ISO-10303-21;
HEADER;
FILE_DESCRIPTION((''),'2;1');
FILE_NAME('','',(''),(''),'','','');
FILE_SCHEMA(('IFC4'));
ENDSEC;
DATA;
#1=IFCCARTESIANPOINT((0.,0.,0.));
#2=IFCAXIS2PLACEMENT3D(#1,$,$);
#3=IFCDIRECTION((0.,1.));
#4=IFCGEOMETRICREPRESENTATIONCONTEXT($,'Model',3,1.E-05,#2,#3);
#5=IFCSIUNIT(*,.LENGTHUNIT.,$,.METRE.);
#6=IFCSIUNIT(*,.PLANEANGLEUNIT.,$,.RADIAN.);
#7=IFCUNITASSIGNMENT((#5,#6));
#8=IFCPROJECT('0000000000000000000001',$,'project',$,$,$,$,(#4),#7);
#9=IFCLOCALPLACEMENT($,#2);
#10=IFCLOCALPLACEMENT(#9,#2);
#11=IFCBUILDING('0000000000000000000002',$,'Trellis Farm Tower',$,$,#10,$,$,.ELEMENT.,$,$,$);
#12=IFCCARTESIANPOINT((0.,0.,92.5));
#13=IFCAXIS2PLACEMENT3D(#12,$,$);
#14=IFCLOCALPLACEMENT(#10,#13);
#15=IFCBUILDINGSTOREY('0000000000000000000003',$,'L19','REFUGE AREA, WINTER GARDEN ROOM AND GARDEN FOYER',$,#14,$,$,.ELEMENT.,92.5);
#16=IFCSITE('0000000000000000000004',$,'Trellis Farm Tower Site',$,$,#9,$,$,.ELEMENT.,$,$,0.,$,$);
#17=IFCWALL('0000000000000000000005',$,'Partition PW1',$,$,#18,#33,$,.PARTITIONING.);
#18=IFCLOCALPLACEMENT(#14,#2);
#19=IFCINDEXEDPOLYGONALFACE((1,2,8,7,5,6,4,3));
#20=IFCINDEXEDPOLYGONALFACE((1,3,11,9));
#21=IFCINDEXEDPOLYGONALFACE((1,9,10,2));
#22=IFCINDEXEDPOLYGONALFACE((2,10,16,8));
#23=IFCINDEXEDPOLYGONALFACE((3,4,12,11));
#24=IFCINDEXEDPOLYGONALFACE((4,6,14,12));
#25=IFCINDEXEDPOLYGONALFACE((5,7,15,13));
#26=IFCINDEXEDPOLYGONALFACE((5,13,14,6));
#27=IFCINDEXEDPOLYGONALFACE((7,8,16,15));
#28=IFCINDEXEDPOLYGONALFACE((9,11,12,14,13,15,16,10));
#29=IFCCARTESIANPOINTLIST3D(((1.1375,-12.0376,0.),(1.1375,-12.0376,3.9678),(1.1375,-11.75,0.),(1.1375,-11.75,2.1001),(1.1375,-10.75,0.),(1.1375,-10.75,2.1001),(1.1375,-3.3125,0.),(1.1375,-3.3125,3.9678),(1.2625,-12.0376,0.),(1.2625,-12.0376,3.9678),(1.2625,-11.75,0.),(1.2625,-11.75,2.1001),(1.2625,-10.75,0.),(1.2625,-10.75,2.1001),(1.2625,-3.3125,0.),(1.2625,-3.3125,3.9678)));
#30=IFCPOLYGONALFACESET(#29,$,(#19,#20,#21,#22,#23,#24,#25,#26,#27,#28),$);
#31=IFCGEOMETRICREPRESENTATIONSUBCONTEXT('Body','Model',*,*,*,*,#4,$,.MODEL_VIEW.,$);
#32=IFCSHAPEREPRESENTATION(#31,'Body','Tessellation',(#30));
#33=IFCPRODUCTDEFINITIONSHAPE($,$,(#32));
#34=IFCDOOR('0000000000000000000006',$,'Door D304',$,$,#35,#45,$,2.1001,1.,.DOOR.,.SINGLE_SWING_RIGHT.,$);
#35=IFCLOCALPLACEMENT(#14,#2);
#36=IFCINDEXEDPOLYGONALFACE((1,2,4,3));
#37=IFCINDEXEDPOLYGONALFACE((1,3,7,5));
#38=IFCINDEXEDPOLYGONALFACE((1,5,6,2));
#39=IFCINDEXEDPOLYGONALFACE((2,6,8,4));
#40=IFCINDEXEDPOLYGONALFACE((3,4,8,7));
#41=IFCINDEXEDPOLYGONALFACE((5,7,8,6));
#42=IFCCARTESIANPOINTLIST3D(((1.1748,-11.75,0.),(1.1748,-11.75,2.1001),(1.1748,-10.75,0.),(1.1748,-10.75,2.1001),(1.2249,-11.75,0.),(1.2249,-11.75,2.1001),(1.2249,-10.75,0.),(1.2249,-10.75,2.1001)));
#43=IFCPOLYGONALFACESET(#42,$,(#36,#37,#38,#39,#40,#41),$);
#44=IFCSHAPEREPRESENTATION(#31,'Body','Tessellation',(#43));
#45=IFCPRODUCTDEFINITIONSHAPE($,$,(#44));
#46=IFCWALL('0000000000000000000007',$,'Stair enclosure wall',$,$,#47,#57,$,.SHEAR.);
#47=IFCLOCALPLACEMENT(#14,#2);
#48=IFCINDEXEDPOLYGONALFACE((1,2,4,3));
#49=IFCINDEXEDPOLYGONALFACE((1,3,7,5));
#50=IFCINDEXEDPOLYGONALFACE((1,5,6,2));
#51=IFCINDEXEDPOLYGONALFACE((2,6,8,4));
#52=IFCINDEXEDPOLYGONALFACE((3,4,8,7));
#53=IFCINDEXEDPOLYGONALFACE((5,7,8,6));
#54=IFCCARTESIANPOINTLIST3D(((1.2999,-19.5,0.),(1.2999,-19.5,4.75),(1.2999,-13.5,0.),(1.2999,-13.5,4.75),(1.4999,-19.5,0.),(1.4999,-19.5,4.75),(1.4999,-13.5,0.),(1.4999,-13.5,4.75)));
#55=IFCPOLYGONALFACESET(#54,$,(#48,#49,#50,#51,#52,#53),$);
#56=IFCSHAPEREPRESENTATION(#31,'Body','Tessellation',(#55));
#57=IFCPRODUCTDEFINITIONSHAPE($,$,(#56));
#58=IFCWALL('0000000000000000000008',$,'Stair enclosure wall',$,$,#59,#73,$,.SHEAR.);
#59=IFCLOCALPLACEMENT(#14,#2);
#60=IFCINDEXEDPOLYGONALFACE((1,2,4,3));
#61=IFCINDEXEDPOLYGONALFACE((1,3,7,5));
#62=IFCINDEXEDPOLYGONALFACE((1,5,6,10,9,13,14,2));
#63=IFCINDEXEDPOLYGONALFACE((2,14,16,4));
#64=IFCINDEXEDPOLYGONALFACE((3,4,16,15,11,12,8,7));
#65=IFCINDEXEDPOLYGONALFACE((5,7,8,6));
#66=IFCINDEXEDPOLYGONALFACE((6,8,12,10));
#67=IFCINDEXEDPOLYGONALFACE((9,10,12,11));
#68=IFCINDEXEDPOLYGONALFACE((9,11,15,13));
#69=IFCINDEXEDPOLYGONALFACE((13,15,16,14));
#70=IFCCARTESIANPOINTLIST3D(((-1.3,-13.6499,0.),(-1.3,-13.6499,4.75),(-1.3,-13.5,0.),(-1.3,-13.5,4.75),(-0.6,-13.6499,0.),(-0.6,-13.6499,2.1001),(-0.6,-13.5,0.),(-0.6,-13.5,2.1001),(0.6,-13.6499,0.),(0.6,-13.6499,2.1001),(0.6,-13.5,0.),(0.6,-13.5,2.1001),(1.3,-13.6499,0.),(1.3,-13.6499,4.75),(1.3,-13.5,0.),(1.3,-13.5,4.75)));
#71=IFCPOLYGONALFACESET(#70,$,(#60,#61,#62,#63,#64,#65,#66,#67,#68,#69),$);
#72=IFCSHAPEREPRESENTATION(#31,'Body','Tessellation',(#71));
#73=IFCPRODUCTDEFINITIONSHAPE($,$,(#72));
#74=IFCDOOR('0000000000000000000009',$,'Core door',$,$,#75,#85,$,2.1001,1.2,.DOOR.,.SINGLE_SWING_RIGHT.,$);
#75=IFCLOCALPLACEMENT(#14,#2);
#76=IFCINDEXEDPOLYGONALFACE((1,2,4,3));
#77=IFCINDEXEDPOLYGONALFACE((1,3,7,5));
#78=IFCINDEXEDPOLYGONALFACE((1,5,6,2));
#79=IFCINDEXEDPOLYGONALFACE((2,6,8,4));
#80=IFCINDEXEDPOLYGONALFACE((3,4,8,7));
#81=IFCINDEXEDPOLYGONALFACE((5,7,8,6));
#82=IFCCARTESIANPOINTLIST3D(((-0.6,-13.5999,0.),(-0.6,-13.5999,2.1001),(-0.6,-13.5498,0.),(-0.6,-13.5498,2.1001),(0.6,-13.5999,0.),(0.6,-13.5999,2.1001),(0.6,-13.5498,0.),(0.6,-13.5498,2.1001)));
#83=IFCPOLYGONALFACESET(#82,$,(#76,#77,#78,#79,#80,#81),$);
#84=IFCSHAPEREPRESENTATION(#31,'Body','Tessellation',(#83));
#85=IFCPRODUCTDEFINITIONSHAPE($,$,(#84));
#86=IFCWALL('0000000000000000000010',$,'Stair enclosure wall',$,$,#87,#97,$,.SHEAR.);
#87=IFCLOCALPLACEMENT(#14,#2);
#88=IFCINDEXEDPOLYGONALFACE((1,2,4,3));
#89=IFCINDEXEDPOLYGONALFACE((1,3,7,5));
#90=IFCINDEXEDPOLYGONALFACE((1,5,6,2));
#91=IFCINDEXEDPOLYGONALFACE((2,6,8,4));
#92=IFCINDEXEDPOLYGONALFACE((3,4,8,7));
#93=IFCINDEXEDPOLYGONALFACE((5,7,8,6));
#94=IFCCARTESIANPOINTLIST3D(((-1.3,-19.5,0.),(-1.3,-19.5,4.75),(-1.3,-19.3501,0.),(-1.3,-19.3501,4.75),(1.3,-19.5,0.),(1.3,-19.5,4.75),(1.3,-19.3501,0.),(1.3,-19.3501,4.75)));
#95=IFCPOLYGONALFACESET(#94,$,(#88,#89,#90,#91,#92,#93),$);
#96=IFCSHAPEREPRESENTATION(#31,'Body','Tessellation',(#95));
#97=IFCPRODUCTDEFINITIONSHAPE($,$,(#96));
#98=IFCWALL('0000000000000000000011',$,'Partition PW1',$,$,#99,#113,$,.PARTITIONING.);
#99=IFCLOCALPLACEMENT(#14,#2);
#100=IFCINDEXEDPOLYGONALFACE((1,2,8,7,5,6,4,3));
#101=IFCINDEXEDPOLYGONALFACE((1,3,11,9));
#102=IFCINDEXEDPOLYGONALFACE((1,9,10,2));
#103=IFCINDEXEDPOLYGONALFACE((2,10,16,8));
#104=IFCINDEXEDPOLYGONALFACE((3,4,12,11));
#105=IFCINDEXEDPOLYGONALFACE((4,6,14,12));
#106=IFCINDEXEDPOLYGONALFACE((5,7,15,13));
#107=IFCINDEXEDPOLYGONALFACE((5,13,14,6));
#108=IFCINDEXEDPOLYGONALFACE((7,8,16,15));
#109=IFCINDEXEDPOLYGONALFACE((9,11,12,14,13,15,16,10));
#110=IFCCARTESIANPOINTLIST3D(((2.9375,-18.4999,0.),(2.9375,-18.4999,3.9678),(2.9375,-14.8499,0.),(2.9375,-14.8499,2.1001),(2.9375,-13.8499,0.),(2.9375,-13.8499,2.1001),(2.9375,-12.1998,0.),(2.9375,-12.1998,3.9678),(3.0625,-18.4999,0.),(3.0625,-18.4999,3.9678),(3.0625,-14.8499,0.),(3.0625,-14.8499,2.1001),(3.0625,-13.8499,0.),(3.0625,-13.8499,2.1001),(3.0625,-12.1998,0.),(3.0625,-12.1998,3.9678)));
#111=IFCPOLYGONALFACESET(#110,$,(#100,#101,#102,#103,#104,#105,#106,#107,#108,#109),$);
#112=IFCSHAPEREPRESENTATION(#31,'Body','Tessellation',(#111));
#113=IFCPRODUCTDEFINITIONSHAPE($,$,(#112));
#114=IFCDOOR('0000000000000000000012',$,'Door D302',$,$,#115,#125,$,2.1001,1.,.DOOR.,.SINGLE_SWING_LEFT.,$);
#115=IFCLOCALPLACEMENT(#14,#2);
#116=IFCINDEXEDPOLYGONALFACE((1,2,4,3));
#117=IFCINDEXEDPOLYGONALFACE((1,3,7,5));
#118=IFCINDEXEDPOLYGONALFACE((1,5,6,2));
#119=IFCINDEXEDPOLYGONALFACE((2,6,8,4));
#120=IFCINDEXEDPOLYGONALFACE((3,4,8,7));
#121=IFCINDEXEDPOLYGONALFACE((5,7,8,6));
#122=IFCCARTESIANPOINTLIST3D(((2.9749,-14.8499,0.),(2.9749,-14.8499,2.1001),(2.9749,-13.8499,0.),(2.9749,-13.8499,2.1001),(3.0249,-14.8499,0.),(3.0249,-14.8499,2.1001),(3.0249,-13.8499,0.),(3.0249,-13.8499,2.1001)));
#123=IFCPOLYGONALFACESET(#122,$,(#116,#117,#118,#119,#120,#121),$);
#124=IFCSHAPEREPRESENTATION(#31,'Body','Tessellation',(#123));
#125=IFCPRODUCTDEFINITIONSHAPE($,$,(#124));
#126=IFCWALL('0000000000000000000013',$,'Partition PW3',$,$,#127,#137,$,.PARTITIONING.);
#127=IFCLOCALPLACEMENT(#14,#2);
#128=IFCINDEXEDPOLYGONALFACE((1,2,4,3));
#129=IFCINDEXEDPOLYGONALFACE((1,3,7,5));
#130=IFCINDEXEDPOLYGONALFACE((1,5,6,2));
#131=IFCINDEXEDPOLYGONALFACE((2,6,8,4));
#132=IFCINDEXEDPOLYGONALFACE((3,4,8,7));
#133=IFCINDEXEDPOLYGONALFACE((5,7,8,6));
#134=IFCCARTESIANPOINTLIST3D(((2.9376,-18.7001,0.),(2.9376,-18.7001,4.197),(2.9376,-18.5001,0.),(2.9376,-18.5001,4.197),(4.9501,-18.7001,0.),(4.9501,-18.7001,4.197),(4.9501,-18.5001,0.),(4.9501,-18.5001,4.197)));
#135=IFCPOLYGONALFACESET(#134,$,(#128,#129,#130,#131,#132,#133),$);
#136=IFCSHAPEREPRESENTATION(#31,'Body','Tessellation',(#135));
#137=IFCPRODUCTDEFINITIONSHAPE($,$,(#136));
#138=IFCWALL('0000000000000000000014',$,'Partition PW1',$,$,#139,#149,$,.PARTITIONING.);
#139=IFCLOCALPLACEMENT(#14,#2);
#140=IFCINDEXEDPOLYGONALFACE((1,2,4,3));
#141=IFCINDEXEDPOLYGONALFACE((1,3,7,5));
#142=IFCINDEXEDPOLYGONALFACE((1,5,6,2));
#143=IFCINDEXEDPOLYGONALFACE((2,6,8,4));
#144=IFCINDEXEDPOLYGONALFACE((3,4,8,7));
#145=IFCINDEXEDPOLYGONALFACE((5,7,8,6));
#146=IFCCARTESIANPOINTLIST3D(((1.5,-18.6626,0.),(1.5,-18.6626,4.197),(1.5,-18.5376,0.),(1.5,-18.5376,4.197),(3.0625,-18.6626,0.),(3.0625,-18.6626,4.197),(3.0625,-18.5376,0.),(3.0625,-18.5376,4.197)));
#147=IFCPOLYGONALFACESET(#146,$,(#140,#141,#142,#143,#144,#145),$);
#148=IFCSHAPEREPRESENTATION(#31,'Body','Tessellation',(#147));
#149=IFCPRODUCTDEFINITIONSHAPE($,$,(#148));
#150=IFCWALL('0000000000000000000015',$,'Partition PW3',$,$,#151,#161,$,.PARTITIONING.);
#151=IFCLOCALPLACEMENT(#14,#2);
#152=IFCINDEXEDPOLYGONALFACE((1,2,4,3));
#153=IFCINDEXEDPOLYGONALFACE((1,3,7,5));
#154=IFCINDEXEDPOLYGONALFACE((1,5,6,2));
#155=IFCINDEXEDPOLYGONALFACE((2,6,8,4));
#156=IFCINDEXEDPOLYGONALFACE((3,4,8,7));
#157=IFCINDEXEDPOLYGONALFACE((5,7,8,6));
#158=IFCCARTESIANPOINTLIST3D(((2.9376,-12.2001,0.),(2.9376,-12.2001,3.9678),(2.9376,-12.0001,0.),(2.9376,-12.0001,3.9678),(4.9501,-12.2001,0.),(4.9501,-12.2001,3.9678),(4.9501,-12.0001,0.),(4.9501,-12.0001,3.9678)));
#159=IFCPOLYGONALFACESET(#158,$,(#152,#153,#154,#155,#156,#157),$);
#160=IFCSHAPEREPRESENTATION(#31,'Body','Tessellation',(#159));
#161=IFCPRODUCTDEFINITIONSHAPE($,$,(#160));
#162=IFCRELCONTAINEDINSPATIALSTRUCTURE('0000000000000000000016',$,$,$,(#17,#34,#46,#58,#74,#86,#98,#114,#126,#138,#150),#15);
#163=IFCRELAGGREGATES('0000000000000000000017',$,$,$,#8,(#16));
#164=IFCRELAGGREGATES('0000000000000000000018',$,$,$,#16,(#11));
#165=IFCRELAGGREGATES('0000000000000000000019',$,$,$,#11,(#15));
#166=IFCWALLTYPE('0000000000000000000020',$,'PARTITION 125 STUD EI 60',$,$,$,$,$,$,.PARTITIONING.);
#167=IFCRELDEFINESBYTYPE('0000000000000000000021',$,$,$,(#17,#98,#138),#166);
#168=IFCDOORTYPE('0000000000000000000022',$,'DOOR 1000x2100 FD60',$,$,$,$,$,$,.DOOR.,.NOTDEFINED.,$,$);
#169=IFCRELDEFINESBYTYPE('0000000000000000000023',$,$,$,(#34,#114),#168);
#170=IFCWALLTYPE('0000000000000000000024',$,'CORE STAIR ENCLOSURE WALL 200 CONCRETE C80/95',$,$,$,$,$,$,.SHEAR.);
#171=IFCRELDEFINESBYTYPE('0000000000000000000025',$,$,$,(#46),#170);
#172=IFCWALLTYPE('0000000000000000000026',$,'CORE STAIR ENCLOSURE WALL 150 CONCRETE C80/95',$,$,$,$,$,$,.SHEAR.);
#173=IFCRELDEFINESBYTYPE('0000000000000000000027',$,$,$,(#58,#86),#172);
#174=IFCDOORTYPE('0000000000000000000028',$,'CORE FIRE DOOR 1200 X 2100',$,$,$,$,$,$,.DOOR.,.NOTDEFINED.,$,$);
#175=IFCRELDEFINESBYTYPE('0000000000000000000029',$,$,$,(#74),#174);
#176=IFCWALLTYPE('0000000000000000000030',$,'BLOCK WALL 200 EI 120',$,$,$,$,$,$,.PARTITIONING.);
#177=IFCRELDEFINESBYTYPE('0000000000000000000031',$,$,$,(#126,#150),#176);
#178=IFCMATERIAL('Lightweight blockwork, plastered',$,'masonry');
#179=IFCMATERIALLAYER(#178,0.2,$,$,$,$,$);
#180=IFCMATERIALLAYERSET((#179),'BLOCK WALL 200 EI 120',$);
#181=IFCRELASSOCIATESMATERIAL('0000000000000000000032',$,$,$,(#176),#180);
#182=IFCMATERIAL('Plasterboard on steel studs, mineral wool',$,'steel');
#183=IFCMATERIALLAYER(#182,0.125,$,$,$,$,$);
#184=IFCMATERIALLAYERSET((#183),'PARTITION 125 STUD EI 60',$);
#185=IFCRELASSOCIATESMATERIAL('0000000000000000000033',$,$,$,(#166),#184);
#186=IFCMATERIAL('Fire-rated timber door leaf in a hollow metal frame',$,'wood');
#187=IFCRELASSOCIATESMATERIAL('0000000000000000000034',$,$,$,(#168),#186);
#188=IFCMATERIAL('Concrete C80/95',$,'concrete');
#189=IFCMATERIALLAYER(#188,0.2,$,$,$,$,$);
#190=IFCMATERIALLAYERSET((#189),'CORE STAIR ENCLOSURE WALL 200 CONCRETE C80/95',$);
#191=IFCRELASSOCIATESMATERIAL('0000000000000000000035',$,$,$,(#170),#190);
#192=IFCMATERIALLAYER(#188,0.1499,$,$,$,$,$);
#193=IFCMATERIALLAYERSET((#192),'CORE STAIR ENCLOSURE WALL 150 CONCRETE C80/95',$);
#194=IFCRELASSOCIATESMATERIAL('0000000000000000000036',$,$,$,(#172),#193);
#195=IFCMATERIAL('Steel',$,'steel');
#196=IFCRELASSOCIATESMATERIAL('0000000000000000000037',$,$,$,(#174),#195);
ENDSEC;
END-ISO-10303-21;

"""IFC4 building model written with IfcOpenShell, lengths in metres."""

from ifc_helpers import new_model, si_unit, direction, frame, frame_2d, origin, place, context, subcontext, project, spatial, rectangle, extrude, source, transform, mapped, material, layer, layer_set, type_object, element, fill, save


model = new_model("IFC4")

# Units and contexts
model_context = context("Model", 3, precision=1e-05, world=origin(), true_north=direction((0.0, 1.0)))
body_context = subcontext(model_context, "Body", "Model", "MODEL_VIEW")
ifc_project = project(units=[si_unit("LENGTHUNIT", "METRE"), si_unit("PLANEANGLEUNIT", "RADIAN")], contexts=[model_context])

# Site, building, storey
site_placement = place(None, origin())
site = spatial("IfcSite", under=ifc_project, at=site_placement, Name="Trellis Farm Tower Site", CompositionType="ELEMENT", RefElevation=0.0)
building_placement = place(site_placement, origin())
building = spatial("IfcBuilding", under=site, at=building_placement, Name="Trellis Farm Tower", CompositionType="ELEMENT")
storey_placement = place(building_placement, frame((0.0, 0.0, 92.5)))
storey = spatial("IfcBuildingStorey", under=building, at=storey_placement, Name="L19", Description="REFUGE AREA, WINTER GARDEN ROOM AND GARDEN FOYER", CompositionType="ELEMENT", Elevation=92.5)

# Shared definitions
ifc_material_1 = material(Name="Concrete C80/95", Category="concrete")

# Shared definitions
ifc_material_2 = material(Name="Lightweight blockwork, plastered", Category="masonry")
ifc_layer_1 = layer(ifc_material_2, 0.2)
ifc_layer_set_1 = layer_set([ifc_layer_1], Name="BLOCK WALL 200 EI 120")
wall_type_1 = type_object("IfcWallType", Name="BLOCK WALL 200 EI 120", PredefinedType="PARTITIONING", material=ifc_layer_set_1)

# Wall, opening, door
ifc_material_3 = material(Name="Plasterboard on steel studs, mineral wool", Category="steel")
ifc_layer_2 = layer(ifc_material_3, 0.125)
ifc_layer_set_2 = layer_set([ifc_layer_2], Name="PARTITION 125 STUD EI 60")
wall_type_2 = type_object("IfcWallType", Name="PARTITION 125 STUD EI 60", PredefinedType="PARTITIONING", material=ifc_layer_set_2)
wall_1_placement = place(storey_placement, frame((1.2, -3.3125, 0.0), z_axis=(0.0, 0.0, 1.0), x_axis=(0.0, -1.0, 0.0)))
wall_1 = element("IfcWall", 1, at=wall_1_placement, inside=storey, type_object=wall_type_2, Name="Partition PW1", PredefinedType="PARTITIONING", context=body_context, shape_type="SweptSolid", body=[
    extrude(rectangle(XDim=8.7251, YDim=0.125, at=frame_2d((4.3625, 0.0))), origin(), (0.0, 0.0, 1.0), 3.9678),
])
shared_shape_1 = source(origin(), body_context, "Body", "SweptSolid", [
    extrude(rectangle(XDim=1.0, YDim=2.1001, at=frame_2d((0.5, 1.05))), frame((0.0, 0.0725, 0.0), z_axis=(0.0, -1.0, 0.0), x_axis=(1.0, 0.0, 0.0)), (0.0, 0.0, 1.0), 0.145),
])
opening_1_placement = place(wall_1_placement, frame((7.4375, 0.0, 0.0)))
opening_1 = element("IfcOpeningElement", 2, at=opening_1_placement, cuts=wall_1, PredefinedType="OPENING", context=body_context, shape_type="MappedRepresentation", body=[
    mapped(shared_shape_1, transform((0.0, 0.0, 0.0))),
])
ifc_material_4 = material(Name="Fire-rated timber door leaf in a hollow metal frame", Category="wood")
door_type_1 = type_object("IfcDoorType", Name="DOOR 1000x2100 FD60", OperationType="NOTDEFINED", PredefinedType="DOOR", material=ifc_material_4)
shared_shape_2 = source(origin(), body_context, "Body", "SweptSolid", [
    extrude(rectangle(XDim=1.0, YDim=2.1001, at=frame_2d((0.5, 1.05))), frame((0.0, 0.0249, 0.0), z_axis=(0.0, -1.0, 0.0), x_axis=(1.0, 0.0, 0.0)), (0.0, 0.0, 1.0), 0.05),
])
door_1_placement = place(opening_1_placement, origin())
door_1 = element("IfcDoor", 3, at=door_1_placement, inside=storey, type_object=door_type_1, Name="Door D304", OperationType="SINGLE_SWING_RIGHT", OverallHeight=2.1001, OverallWidth=1.0, PredefinedType="DOOR", context=body_context, shape_type="MappedRepresentation", body=[
    mapped(shared_shape_2, transform((0.0, 0.0, 0.0))),
])
fill(opening_1, door_1)

# Wall
ifc_layer_3 = layer(ifc_material_1, 0.2)
ifc_layer_set_3 = layer_set([ifc_layer_3], Name="CORE STAIR ENCLOSURE WALL 200 CONCRETE C80/95")
wall_type_3 = type_object("IfcWallType", Name="CORE STAIR ENCLOSURE WALL 200 CONCRETE C80/95", PredefinedType="SHEAR", material=ifc_layer_set_3)
shared_shape_3 = source(origin(), body_context, "Body", "SweptSolid", [
    extrude(rectangle(XDim=6.0, YDim=0.2, at=frame_2d((3.0, 0.0))), origin(), (0.0, 0.0, 1.0), 4.75),
])
wall_2_placement = place(storey_placement, frame((1.3999, -13.5, 0.0), z_axis=(0.0, 0.0, 1.0), x_axis=(0.0, -1.0, 0.0)))
element("IfcWall", 4, at=wall_2_placement, inside=storey, type_object=wall_type_3, Name="Stair enclosure wall", PredefinedType="SHEAR", context=body_context, shape_type="MappedRepresentation", body=[
    mapped(shared_shape_3, transform((0.0, 0.0, 0.0))),
])

# Wall, opening, door
ifc_layer_4 = layer(ifc_material_1, 0.1499)
ifc_layer_set_4 = layer_set([ifc_layer_4], Name="CORE STAIR ENCLOSURE WALL 150 CONCRETE C80/95")
wall_type_4 = type_object("IfcWallType", Name="CORE STAIR ENCLOSURE WALL 150 CONCRETE C80/95", PredefinedType="SHEAR", material=ifc_layer_set_4)
shared_shape_4 = source(origin(), body_context, "Body", "SweptSolid", [
    extrude(rectangle(XDim=2.6001, YDim=0.1499, at=frame_2d((1.3, 0.0))), origin(), (0.0, 0.0, 1.0), 4.75),
])
wall_3_placement = place(storey_placement, frame((1.3, -13.575, 0.0), z_axis=(0.0, 0.0, 1.0), x_axis=(-1.0, 0.0, 0.0)))
wall_3 = element("IfcWall", 5, at=wall_3_placement, inside=storey, type_object=wall_type_4, Name="Stair enclosure wall", PredefinedType="SHEAR", context=body_context, shape_type="MappedRepresentation", body=[
    mapped(shared_shape_4, transform((0.0, 0.0, 0.0))),
])
shared_shape_5 = source(origin(), body_context, "Body", "SweptSolid", [
    extrude(rectangle(XDim=1.2, YDim=2.1001, at=frame_2d((0.6001, 1.05))), frame((0.0, 0.085, 0.0), z_axis=(0.0, -1.0, 0.0), x_axis=(1.0, 0.0, 0.0)), (0.0, 0.0, 1.0), 0.1699),
])
opening_2_placement = place(wall_3_placement, frame((0.7, 0.0, 0.0)))
opening_2 = element("IfcOpeningElement", 6, at=opening_2_placement, cuts=wall_3, PredefinedType="OPENING", context=body_context, shape_type="MappedRepresentation", body=[
    mapped(shared_shape_5, transform((0.0, 0.0, 0.0))),
])
ifc_material_5 = material(Name="Steel", Category="steel")
door_type_2 = type_object("IfcDoorType", Name="CORE FIRE DOOR 1200 X 2100", OperationType="NOTDEFINED", PredefinedType="DOOR", material=ifc_material_5)
shared_shape_6 = source(origin(), body_context, "Body", "SweptSolid", [
    extrude(rectangle(XDim=1.2, YDim=2.1001, at=frame_2d((0.6001, 1.05))), frame((0.0, 0.0249, 0.0), z_axis=(0.0, -1.0, 0.0), x_axis=(1.0, 0.0, 0.0)), (0.0, 0.0, 1.0), 0.05),
])
door_2_placement = place(opening_2_placement, origin())
door_2 = element("IfcDoor", 7, at=door_2_placement, inside=storey, type_object=door_type_2, Name="Core door", OperationType="SINGLE_SWING_RIGHT", OverallHeight=2.1001, OverallWidth=1.2, PredefinedType="DOOR", context=body_context, shape_type="MappedRepresentation", body=[
    mapped(shared_shape_6, transform((0.0, 0.0, 0.0))),
])
fill(opening_2, door_2)

# Wall
wall_4_placement = place(storey_placement, frame((1.3, -19.425, 0.0), z_axis=(0.0, 0.0, 1.0), x_axis=(-1.0, 0.0, 0.0)))
element("IfcWall", 8, at=wall_4_placement, inside=storey, type_object=wall_type_4, Name="Stair enclosure wall", PredefinedType="SHEAR", context=body_context, shape_type="MappedRepresentation", body=[
    mapped(shared_shape_4, transform((0.0, 0.0, 0.0))),
])

# Wall, opening, door
shared_shape_7 = source(origin(), body_context, "Body", "SweptSolid", [
    extrude(rectangle(XDim=6.3, YDim=0.125, at=frame_2d((3.1499, 0.0))), origin(), (0.0, 0.0, 1.0), 3.9678),
])
wall_5_placement = place(storey_placement, frame((3.0, -12.2, 0.0), z_axis=(0.0, 0.0, 1.0), x_axis=(0.0, -1.0, 0.0)))
wall_5 = element("IfcWall", 9, at=wall_5_placement, inside=storey, type_object=wall_type_2, Name="Partition PW1", PredefinedType="PARTITIONING", context=body_context, shape_type="MappedRepresentation", body=[
    mapped(shared_shape_7, transform((0.0, 0.0, 0.0))),
])
opening_3_placement = place(wall_5_placement, frame((1.6499, 0.0, 0.0)))
opening_3 = element("IfcOpeningElement", 10, at=opening_3_placement, cuts=wall_5, PredefinedType="OPENING", context=body_context, shape_type="MappedRepresentation", body=[
    mapped(shared_shape_1, transform((0.0, 0.0, 0.0))),
])
door_3_placement = place(opening_3_placement, origin())
door_3 = element("IfcDoor", 11, at=door_3_placement, inside=storey, type_object=door_type_1, Name="Door D302", OperationType="SINGLE_SWING_LEFT", OverallHeight=2.1001, OverallWidth=1.0, PredefinedType="DOOR", context=body_context, shape_type="MappedRepresentation", body=[
    mapped(shared_shape_2, transform((0.0, 0.0, 0.0))),
])
fill(opening_3, door_3)

# Walls
shared_shape_8 = source(origin(), body_context, "Body", "SweptSolid", [
    extrude(rectangle(XDim=2.0125, YDim=0.2, at=frame_2d((1.0063, 0.0))), origin(), (0.0, 0.0, 1.0), 4.197),
])
wall_6_placement = place(storey_placement, frame((2.9375, -18.6001, 0.0), z_axis=(0.0, 0.0, 1.0), x_axis=(1.0, 0.0, 0.0)))
element("IfcWall", 12, at=wall_6_placement, inside=storey, type_object=wall_type_1, Name="Partition PW3", PredefinedType="PARTITIONING", context=body_context, shape_type="MappedRepresentation", body=[
    mapped(shared_shape_8, transform((0.0, 0.0, 0.0))),
])
shared_shape_9 = source(origin(), body_context, "Body", "SweptSolid", [
    extrude(rectangle(XDim=1.5625, YDim=0.125, at=frame_2d((0.7812, 0.0))), origin(), (0.0, 0.0, 1.0), 4.197),
])
wall_7_placement = place(storey_placement, frame((3.0625, -18.6001, 0.0), z_axis=(0.0, 0.0, 1.0), x_axis=(-1.0, 0.0, 0.0)))
element("IfcWall", 13, at=wall_7_placement, inside=storey, type_object=wall_type_2, Name="Partition PW1", PredefinedType="PARTITIONING", context=body_context, shape_type="MappedRepresentation", body=[
    mapped(shared_shape_9, transform((0.0, 0.0, 0.0))),
])
shared_shape_10 = source(origin(), body_context, "Body", "SweptSolid", [
    extrude(rectangle(XDim=2.0125, YDim=0.2, at=frame_2d((1.0063, 0.0))), origin(), (0.0, 0.0, 1.0), 3.9678),
])
wall_8_placement = place(storey_placement, frame((2.9375, -12.1001, 0.0), z_axis=(0.0, 0.0, 1.0), x_axis=(1.0, 0.0, 0.0)))
element("IfcWall", 14, at=wall_8_placement, inside=storey, type_object=wall_type_1, Name="Partition PW3", PredefinedType="PARTITIONING", context=body_context, shape_type="MappedRepresentation", body=[
    mapped(shared_shape_10, transform((0.0, 0.0, 0.0))),
])

save(model, "model.ifc")
